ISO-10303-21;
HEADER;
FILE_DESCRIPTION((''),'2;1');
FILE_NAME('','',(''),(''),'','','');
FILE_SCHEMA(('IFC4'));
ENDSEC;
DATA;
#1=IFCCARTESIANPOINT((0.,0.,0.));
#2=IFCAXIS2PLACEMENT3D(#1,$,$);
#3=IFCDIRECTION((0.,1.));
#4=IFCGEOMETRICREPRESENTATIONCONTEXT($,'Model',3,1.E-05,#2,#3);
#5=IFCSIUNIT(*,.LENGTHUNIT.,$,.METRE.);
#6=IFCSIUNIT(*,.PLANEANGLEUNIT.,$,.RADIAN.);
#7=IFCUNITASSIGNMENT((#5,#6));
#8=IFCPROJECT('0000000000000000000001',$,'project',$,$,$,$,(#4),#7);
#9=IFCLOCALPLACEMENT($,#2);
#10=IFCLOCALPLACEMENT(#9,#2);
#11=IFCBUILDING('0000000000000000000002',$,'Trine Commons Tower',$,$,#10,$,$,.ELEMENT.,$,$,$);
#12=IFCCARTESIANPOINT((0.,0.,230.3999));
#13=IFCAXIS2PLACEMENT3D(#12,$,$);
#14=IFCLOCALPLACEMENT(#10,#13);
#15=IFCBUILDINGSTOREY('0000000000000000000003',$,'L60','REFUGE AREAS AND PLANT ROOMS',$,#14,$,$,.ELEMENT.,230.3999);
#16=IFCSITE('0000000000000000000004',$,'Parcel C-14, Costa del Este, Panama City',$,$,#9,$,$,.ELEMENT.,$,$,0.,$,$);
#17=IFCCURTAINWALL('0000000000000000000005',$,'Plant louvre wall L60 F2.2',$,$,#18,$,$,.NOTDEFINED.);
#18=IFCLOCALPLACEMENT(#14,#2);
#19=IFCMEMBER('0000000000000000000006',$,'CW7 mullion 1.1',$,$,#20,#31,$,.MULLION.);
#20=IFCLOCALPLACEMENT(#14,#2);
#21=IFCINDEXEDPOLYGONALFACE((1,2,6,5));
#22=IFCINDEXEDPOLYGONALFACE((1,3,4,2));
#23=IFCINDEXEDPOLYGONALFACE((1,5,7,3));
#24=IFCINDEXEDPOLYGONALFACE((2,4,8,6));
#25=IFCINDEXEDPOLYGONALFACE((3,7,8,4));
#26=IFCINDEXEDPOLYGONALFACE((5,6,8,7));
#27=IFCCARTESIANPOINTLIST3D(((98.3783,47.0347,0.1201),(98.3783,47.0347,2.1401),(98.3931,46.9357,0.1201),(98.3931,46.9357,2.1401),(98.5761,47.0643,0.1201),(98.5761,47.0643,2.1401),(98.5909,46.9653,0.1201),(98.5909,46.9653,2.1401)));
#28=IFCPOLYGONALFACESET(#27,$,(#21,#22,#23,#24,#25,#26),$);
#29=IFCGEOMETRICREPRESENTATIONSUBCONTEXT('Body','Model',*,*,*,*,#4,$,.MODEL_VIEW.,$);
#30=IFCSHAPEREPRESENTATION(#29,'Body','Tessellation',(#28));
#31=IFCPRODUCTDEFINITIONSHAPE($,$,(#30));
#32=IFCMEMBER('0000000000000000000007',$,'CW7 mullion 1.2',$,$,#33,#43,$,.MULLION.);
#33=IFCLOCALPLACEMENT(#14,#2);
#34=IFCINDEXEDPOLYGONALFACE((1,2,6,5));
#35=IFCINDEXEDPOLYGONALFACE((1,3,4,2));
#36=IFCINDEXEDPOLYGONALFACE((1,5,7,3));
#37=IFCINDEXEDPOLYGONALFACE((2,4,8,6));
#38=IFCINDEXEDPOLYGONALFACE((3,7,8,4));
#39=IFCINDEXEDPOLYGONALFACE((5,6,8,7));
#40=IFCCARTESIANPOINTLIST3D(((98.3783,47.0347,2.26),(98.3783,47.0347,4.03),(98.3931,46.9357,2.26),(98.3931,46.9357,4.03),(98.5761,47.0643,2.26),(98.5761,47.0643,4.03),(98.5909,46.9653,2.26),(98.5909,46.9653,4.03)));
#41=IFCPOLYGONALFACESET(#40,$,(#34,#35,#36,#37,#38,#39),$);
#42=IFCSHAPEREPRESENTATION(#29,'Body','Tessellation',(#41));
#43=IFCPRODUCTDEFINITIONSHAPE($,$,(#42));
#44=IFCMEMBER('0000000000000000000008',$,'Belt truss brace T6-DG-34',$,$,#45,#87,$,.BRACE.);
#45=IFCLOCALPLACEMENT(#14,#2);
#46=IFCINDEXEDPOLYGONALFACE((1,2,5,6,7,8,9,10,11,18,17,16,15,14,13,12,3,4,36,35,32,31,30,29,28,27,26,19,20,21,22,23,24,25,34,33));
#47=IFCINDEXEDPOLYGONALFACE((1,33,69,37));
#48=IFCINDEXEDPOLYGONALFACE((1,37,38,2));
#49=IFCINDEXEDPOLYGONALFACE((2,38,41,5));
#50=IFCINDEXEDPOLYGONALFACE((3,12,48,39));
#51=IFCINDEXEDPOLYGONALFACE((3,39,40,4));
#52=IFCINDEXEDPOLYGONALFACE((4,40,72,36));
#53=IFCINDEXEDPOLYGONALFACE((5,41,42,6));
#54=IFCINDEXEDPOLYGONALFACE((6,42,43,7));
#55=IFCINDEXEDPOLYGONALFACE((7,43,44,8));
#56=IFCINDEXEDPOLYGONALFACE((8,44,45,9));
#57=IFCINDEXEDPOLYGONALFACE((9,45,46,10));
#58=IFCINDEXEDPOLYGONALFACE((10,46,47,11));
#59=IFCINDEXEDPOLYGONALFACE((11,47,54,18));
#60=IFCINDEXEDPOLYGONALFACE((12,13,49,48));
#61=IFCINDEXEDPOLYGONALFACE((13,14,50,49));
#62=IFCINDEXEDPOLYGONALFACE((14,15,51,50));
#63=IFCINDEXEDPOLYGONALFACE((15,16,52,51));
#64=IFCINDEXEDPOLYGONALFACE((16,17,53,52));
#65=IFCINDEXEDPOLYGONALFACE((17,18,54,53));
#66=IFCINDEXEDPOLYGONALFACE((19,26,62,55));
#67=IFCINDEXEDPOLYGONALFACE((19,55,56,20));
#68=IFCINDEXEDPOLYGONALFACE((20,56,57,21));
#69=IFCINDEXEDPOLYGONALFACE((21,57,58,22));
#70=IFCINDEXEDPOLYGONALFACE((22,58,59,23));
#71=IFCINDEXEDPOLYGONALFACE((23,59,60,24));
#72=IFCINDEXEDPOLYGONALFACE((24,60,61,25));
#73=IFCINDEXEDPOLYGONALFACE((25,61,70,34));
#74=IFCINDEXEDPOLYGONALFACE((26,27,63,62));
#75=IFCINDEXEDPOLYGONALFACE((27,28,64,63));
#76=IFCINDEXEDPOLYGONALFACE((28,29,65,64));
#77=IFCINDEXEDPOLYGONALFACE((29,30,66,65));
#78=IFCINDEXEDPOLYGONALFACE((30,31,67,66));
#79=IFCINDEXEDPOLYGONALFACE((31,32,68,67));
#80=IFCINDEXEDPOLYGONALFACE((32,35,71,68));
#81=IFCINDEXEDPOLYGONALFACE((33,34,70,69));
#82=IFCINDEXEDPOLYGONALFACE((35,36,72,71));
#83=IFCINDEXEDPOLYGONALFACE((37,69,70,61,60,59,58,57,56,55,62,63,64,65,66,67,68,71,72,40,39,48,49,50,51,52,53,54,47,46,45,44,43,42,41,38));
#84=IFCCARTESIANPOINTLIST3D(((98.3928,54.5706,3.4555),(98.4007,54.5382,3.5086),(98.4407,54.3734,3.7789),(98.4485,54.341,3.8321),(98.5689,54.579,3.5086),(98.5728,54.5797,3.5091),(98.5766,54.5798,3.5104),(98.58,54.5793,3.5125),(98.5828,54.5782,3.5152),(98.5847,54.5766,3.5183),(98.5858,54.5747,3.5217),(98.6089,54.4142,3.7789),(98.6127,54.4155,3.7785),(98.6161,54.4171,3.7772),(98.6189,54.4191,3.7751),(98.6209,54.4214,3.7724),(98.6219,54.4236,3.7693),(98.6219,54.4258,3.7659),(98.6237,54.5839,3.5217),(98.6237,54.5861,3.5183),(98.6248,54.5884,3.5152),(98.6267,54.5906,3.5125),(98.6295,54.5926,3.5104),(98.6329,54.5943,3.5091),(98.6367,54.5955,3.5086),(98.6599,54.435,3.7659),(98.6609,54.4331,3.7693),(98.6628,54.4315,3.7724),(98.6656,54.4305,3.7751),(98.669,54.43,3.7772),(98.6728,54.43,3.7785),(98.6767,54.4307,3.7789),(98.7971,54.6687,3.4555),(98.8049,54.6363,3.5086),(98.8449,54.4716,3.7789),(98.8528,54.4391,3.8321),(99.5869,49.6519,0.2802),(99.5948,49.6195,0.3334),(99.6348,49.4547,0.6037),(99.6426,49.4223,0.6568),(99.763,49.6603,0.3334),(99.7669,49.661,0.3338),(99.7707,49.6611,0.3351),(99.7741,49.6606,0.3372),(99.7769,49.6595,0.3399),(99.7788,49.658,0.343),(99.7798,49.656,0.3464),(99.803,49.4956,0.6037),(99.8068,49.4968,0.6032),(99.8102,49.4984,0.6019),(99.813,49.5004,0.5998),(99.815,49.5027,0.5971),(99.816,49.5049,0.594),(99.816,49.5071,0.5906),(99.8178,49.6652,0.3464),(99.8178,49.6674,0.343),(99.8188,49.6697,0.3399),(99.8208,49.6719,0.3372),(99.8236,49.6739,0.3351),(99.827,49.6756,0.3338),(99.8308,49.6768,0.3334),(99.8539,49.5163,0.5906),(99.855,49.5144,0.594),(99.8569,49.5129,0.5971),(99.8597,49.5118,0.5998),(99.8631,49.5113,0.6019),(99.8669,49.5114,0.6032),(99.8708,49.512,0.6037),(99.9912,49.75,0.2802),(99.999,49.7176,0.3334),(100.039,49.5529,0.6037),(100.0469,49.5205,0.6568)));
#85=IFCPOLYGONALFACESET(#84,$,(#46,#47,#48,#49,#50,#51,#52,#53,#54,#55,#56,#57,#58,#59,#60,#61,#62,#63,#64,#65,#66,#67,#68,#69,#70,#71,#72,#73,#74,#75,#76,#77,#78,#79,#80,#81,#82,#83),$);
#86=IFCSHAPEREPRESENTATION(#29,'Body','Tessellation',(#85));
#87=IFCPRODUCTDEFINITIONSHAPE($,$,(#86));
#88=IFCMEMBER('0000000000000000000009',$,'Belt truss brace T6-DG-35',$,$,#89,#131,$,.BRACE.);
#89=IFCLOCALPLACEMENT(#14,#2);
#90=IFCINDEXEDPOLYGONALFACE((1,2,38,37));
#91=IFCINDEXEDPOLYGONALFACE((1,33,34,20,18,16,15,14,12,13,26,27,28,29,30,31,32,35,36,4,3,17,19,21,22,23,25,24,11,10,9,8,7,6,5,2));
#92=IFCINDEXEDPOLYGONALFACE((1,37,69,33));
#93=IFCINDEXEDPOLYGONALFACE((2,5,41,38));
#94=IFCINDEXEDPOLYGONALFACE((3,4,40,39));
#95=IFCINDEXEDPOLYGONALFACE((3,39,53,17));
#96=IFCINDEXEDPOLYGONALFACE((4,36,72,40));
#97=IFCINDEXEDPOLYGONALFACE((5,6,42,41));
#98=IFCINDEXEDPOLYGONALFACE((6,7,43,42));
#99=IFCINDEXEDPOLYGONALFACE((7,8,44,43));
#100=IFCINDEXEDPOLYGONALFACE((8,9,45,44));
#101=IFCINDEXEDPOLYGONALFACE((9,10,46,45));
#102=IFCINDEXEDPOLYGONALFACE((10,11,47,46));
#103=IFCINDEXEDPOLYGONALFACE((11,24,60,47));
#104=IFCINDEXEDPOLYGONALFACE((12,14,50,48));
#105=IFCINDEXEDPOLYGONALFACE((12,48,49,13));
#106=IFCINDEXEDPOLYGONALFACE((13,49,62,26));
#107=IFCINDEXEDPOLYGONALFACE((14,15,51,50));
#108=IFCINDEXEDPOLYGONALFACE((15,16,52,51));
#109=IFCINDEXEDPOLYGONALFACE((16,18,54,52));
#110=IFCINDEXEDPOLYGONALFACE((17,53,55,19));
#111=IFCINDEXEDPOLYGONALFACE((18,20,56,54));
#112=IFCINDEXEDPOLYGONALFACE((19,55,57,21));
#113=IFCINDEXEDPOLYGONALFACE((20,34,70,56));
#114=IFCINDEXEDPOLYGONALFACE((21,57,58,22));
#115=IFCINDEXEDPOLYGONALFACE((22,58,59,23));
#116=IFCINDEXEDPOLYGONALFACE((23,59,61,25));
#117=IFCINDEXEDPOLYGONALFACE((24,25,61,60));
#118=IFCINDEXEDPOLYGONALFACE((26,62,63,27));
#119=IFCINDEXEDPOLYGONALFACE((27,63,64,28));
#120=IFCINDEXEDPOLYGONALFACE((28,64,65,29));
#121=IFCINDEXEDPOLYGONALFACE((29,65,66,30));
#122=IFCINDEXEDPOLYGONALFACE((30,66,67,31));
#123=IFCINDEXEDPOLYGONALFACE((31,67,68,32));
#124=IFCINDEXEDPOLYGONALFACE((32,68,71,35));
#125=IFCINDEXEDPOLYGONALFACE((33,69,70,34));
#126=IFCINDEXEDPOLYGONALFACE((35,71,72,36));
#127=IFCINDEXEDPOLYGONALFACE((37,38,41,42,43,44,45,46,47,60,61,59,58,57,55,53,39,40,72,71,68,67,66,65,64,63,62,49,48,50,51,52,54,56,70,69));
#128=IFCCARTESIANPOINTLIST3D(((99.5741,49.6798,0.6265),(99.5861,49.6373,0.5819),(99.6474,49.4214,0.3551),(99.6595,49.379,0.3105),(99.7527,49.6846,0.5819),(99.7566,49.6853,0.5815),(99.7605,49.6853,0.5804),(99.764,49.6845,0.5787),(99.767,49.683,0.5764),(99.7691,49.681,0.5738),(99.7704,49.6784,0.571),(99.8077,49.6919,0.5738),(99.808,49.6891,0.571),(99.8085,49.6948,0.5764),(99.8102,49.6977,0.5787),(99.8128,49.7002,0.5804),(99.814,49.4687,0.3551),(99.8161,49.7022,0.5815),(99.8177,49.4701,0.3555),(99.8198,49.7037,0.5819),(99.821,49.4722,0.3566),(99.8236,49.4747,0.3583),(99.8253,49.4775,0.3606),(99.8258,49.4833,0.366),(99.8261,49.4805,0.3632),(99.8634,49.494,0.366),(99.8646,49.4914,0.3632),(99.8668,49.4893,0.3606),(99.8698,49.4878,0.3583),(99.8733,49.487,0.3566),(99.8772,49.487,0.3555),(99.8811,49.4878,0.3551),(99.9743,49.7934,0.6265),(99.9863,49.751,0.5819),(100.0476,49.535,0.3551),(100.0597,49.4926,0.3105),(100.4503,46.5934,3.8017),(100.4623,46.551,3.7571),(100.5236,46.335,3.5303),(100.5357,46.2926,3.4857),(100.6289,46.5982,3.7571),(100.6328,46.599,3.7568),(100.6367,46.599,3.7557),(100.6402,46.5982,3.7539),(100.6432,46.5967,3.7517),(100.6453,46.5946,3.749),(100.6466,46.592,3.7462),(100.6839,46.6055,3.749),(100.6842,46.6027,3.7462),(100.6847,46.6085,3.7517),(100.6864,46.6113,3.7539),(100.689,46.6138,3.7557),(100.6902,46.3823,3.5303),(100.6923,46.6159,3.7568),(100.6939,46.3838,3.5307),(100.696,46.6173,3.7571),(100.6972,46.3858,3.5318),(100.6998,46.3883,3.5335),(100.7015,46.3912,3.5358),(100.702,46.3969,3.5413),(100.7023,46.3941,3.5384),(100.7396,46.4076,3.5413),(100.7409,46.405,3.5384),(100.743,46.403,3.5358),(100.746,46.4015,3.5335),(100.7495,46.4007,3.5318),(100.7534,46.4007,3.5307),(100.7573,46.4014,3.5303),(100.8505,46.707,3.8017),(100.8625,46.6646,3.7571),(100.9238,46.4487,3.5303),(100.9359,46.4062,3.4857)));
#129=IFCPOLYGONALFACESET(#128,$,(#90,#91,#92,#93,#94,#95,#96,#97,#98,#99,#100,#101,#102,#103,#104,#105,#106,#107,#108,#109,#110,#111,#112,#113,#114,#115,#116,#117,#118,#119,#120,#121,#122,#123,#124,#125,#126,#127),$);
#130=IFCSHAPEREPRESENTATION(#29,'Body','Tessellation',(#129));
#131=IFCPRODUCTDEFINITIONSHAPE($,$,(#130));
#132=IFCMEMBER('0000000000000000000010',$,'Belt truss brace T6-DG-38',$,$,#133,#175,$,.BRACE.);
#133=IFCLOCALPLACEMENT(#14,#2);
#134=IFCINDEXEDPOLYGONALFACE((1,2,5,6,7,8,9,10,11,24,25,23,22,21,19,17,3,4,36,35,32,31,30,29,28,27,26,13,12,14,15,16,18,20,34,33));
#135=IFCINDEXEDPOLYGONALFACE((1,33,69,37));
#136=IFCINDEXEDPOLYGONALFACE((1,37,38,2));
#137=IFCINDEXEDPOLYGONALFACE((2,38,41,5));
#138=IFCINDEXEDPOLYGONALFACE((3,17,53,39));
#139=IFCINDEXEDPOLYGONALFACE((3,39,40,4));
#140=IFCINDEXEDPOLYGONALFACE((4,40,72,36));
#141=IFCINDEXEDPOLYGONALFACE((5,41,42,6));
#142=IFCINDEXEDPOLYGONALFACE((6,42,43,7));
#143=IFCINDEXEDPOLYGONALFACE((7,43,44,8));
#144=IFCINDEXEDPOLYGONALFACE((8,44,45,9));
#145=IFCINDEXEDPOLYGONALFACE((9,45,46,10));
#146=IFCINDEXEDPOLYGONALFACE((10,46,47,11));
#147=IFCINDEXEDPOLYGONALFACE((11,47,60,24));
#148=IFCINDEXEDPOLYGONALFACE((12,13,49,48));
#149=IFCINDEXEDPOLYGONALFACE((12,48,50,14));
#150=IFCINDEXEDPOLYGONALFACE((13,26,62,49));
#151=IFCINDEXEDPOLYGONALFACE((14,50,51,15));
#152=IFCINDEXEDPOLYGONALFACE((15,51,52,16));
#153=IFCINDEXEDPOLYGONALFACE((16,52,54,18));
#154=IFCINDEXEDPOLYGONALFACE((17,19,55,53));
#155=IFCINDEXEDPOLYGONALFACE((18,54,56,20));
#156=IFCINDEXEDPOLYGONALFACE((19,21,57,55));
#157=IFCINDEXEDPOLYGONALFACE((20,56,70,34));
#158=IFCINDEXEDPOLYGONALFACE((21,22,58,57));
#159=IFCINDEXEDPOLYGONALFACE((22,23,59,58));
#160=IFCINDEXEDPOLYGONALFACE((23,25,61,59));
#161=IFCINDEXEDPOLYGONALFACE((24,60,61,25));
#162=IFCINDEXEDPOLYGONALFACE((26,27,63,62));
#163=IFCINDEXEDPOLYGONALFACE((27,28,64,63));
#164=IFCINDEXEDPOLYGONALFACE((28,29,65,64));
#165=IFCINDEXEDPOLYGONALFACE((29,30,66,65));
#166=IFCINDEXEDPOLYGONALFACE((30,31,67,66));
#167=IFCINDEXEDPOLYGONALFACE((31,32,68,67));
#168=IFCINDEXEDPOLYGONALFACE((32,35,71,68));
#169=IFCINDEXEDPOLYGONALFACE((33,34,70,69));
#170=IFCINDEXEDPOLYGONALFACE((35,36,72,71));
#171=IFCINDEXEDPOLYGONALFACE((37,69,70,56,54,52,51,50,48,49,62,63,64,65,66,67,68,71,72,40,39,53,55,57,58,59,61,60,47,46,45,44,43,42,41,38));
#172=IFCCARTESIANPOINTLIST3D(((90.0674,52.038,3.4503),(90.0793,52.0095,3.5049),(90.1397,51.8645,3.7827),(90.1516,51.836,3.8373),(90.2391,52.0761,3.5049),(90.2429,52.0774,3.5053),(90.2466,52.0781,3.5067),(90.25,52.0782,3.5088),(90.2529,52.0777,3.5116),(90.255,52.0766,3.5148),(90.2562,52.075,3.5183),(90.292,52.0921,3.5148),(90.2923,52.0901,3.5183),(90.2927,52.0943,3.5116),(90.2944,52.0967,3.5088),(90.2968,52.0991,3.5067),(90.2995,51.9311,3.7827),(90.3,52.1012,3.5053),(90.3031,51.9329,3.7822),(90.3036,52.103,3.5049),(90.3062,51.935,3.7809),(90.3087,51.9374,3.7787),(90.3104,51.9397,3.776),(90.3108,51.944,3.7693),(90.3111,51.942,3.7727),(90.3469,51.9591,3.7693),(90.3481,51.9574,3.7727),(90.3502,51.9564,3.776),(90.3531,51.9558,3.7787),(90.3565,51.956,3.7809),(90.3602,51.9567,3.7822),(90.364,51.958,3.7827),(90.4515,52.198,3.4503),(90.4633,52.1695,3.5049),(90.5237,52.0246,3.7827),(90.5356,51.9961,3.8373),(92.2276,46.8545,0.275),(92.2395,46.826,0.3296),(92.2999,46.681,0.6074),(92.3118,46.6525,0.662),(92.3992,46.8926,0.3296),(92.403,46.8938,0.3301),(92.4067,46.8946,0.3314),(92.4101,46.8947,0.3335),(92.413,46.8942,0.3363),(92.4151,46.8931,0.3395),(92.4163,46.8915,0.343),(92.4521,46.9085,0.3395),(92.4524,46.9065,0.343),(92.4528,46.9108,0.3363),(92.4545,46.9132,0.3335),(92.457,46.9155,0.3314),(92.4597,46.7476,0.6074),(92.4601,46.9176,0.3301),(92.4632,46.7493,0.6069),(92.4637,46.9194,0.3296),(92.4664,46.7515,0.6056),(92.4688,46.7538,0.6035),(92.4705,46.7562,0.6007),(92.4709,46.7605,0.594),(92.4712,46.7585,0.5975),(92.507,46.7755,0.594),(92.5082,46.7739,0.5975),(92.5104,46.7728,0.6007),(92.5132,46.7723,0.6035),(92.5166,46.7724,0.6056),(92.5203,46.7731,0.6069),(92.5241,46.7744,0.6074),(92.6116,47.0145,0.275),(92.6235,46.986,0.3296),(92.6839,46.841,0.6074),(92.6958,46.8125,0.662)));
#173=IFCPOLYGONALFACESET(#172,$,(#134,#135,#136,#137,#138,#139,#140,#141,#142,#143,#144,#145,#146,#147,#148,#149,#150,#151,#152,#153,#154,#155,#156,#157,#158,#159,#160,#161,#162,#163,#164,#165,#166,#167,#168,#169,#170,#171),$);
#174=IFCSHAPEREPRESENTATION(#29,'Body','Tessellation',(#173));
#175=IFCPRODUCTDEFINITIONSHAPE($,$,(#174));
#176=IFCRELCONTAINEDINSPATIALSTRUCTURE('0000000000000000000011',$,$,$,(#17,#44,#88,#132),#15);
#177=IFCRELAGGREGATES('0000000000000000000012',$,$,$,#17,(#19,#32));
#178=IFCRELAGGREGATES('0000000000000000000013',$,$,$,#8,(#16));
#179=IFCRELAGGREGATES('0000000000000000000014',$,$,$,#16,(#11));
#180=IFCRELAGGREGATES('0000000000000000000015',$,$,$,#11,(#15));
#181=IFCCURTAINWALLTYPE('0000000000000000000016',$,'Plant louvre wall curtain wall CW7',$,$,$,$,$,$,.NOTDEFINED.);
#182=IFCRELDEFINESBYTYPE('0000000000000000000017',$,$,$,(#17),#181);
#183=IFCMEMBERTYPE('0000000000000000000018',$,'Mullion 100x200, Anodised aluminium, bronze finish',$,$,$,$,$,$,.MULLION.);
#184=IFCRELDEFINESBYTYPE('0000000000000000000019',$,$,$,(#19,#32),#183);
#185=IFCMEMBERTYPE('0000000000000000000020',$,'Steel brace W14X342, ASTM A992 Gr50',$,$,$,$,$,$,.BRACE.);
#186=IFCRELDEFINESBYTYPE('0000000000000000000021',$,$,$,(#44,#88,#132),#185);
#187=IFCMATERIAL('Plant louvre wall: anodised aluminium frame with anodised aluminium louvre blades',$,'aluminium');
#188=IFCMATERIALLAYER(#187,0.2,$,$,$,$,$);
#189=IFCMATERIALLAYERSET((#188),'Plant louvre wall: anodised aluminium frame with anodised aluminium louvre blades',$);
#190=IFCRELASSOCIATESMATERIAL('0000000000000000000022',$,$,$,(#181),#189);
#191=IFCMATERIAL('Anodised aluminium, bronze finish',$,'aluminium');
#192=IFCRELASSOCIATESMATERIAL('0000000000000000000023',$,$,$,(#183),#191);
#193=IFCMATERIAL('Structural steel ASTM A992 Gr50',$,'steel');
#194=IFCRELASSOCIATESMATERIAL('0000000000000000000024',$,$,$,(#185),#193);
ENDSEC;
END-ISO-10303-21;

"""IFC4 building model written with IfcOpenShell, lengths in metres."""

from ifc_helpers import new_model, si_unit, direction, frame, origin, origin_2d, place, context, subcontext, project, spatial, rectangle, i_section, extrude, material, layer, layer_set, material_profile, profile_set, type_object, element, aggregate, save


model = new_model("IFC4")

# Units and contexts
model_context = context("Model", 3, precision=1e-05, world=origin(), true_north=direction((0.0, 1.0)))
body_context = subcontext(model_context, "Body", "Model", "MODEL_VIEW")
ifc_project = project(units=[si_unit("LENGTHUNIT", "METRE"), si_unit("PLANEANGLEUNIT", "RADIAN")], contexts=[model_context])

# Site, building, storey
site_placement = place(None, origin())
site = spatial("IfcSite", under=ifc_project, at=site_placement, Name="Parcel C-14, Costa del Este, Panama City", CompositionType="ELEMENT", RefElevation=0.0)
building_placement = place(site_placement, origin())
building = spatial("IfcBuilding", under=site, at=building_placement, Name="Trine Commons Tower", CompositionType="ELEMENT")
storey_placement = place(building_placement, frame((0.0, 0.0, 230.3999)))
storey = spatial("IfcBuildingStorey", under=building, at=storey_placement, Name="L60", Description="REFUGE AREAS AND PLANT ROOMS", CompositionType="ELEMENT", Elevation=230.3999)

# Curtain wall, members
ifc_material_1 = material(Name="Plant louvre wall: anodised aluminium frame with anodised aluminium louvre blades", Category="aluminium")
ifc_layer_1 = layer(ifc_material_1, 0.2)
ifc_layer_set_1 = layer_set([ifc_layer_1], Name="Plant louvre wall: anodised aluminium frame with anodised aluminium louvre blades")
curtain_wall_type = type_object("IfcCurtainWallType", Name="Plant louvre wall curtain wall CW7", PredefinedType="NOTDEFINED", material=ifc_layer_set_1)
curtain_wall_placement = place(storey_placement, origin())
curtain_wall = element("IfcCurtainWall", 1, at=curtain_wall_placement, inside=storey, type_object=curtain_wall_type, Name="Plant louvre wall L60 F2.2", PredefinedType="NOTDEFINED")
ifc_material_2 = material(Name="Anodised aluminium, bronze finish", Category="aluminium")
ifc_material_profile_1 = material_profile(ifc_material_2, rectangle(XDim=0.2, YDim=0.1001, at=origin_2d()), Name="Mullion 100x200")
ifc_profile_set_1 = profile_set([ifc_material_profile_1], Name="Anodised aluminium, bronze finish")
member_type_1 = type_object("IfcMemberType", Name="Mullion 100x200, Anodised aluminium, bronze finish", PredefinedType="MULLION", material=ifc_profile_set_1)
member_1_placement = place(storey_placement, frame((98.4846, 47.0, 0.1201), z_axis=(0.0, 0.0, 1.0), x_axis=(0.989016, 0.147809, 0.0)))
member_1 = element("IfcMember", 2, at=member_1_placement, type_object=member_type_1, Name="CW7 mullion 1.1", PredefinedType="MULLION", context=body_context, shape_type="SweptSolid", body=[
    extrude(rectangle(XDim=0.2, YDim=0.1001, at=origin_2d()), origin(), (0.0, 0.0, 1.0), 2.02),
])
member_2_placement = place(storey_placement, frame((98.4846, 47.0, 2.26), z_axis=(0.0, 0.0, 1.0), x_axis=(0.989016, 0.147809, 0.0)))
member_2 = element("IfcMember", 3, at=member_2_placement, type_object=member_type_1, Name="CW7 mullion 1.2", PredefinedType="MULLION", context=body_context, shape_type="SweptSolid", body=[
    extrude(rectangle(XDim=0.2, YDim=0.1001, at=origin_2d()), origin(), (0.0, 0.0, 1.0), 1.77),
])

# Members
ifc_material_3 = material(Name="Structural steel ASTM A992 Gr50", Category="steel")
ifc_material_profile_2 = material_profile(ifc_material_3, i_section(OverallWidth=0.416, OverallDepth=0.4446, WebThickness=0.0391, FlangeThickness=0.0627, FilletRadius=0.0154, at=origin_2d()), Name="W14X342")
ifc_profile_set_2 = profile_set([ifc_material_profile_2], Name="Structural steel ASTM A992 Gr50")
member_type_2 = type_object("IfcMemberType", Name="Steel brace W14X342, ASTM A992 Gr50", PredefinedType="BRACE", material=ifc_profile_set_2)
member_3_placement = place(storey_placement, frame((99.8169, 49.5862, 0.4685), z_axis=(-0.199844, 0.823198, 0.53142), x_axis=(-0.971774, -0.235913, 0.0)))
element("IfcMember", 4, at=member_3_placement, inside=storey, type_object=member_type_2, Name="Belt truss brace T6-DG-34", PredefinedType="BRACE", context=body_context, shape_type="SweptSolid", body=[
    extrude(i_section(OverallWidth=0.416, OverallDepth=0.4446, WebThickness=0.0391, FlangeThickness=0.0627, FilletRadius=0.0154, at=origin_2d()), origin(), (0.0, 0.0, 1.0), 5.9751),
])
member_4_placement = place(storey_placement, frame((99.8169, 49.5862, 0.4685), z_axis=(0.194111, -0.683744, 0.703431), x_axis=(0.961985, 0.273103, 0.0)))
element("IfcMember", 5, at=member_4_placement, inside=storey, type_object=member_type_2, Name="Belt truss brace T6-DG-35", PredefinedType="BRACE", context=body_context, shape_type="SweptSolid", body=[
    extrude(i_section(OverallWidth=0.416, OverallDepth=0.4446, WebThickness=0.0391, FlangeThickness=0.0627, FilletRadius=0.0154, at=origin_2d()), origin(), (0.0, 0.0, 1.0), 4.5139),
])
member_5_placement = place(storey_placement, frame((92.4617, 46.8335, 0.4685), z_axis=(-0.334844, 0.803504, 0.492199), x_axis=(-0.923056, -0.384665, 0.0)))
element("IfcMember", 6, at=member_5_placement, inside=storey, type_object=member_type_2, Name="Belt truss brace T6-DG-38", PredefinedType="BRACE", context=body_context, shape_type="SweptSolid", body=[
    extrude(i_section(OverallWidth=0.416, OverallDepth=0.4446, WebThickness=0.0391, FlangeThickness=0.0627, FilletRadius=0.0154, at=origin_2d()), origin(), (0.0, 0.0, 1.0), 6.4512),
])

aggregate(curtain_wall, [member_1, member_2])

save(model, "model.ifc")
